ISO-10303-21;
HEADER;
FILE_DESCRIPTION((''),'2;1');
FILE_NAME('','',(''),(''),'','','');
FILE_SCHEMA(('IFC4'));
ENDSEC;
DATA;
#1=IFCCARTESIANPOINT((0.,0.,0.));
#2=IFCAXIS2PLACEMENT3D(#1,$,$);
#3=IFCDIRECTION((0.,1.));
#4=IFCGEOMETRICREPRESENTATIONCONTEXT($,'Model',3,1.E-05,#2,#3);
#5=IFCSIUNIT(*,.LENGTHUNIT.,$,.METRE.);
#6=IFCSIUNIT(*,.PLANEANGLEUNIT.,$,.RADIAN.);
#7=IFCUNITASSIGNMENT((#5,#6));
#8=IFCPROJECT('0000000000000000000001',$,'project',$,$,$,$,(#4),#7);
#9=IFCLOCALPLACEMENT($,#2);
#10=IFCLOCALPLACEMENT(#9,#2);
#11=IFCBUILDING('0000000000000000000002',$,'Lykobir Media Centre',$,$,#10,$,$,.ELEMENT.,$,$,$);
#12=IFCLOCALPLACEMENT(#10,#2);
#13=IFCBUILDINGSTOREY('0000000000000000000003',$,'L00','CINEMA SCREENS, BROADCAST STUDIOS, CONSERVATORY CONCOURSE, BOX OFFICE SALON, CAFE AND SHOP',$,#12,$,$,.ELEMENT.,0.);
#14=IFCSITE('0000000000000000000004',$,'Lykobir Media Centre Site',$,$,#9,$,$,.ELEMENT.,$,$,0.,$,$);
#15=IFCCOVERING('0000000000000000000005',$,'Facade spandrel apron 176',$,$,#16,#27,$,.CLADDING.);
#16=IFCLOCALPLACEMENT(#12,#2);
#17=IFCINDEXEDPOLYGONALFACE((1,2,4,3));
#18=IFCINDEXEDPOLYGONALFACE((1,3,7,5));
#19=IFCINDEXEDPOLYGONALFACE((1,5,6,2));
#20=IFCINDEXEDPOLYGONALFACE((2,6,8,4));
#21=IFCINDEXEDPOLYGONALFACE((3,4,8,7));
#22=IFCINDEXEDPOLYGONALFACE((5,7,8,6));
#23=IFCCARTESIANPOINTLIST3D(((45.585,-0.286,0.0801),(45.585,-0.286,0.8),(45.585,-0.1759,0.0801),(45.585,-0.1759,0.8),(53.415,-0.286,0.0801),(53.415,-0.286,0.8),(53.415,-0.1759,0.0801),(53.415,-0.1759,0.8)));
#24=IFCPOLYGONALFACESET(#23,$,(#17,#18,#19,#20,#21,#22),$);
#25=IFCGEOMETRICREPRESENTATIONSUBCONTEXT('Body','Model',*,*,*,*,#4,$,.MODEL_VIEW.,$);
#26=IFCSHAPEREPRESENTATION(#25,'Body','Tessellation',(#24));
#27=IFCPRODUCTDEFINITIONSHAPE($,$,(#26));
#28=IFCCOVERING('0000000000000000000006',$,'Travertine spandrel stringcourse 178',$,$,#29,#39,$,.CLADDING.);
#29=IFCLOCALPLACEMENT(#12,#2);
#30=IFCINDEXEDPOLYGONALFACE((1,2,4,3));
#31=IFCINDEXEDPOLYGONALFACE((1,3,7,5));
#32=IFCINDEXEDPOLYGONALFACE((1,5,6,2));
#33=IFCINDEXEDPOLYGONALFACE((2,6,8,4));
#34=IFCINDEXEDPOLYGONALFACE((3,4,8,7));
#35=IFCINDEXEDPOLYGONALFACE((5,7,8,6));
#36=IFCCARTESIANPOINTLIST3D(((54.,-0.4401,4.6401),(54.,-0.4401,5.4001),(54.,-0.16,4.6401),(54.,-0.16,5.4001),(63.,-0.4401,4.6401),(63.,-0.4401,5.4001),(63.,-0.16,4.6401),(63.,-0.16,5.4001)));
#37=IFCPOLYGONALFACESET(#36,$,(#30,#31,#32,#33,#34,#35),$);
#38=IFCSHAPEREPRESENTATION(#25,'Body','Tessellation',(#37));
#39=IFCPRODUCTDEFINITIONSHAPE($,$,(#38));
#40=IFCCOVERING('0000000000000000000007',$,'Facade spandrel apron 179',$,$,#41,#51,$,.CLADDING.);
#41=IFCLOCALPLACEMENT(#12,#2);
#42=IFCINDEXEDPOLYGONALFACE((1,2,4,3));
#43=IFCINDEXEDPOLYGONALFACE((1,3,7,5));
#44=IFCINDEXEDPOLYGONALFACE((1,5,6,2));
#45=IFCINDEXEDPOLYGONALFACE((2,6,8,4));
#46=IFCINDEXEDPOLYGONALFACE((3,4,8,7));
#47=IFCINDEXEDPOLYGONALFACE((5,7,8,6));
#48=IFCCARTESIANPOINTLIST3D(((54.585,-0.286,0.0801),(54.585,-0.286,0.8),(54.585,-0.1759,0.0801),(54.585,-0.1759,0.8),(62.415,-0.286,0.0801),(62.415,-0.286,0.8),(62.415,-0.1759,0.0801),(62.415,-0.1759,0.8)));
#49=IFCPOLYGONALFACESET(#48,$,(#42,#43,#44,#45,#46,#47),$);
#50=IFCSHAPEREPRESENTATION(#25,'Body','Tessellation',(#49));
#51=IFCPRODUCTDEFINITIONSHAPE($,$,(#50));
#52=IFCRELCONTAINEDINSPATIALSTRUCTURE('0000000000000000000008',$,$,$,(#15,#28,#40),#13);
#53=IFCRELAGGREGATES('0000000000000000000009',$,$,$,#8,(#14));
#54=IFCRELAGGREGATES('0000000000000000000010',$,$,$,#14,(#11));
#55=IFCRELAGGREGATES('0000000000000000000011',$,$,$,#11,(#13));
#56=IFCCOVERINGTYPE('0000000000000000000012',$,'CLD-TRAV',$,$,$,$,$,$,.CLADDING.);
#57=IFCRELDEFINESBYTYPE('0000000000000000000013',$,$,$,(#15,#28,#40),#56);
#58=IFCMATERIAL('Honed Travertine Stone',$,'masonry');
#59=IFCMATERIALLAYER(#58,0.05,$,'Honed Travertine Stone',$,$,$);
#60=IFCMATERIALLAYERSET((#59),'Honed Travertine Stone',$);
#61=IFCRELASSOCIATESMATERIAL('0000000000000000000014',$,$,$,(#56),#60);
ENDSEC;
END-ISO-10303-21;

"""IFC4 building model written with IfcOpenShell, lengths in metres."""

from ifc_helpers import new_model, si_unit, direction, frame, origin, origin_2d, place, context, subcontext, project, spatial, rectangle, extrude, material, layer, layer_set, type_object, element, save


model = new_model("IFC4")

# Units and contexts
model_context = context("Model", 3, precision=1e-05, world=origin(), true_north=direction((0.0, 1.0)))
body_context = subcontext(model_context, "Body", "Model", "MODEL_VIEW")
ifc_project = project(units=[si_unit("LENGTHUNIT", "METRE"), si_unit("PLANEANGLEUNIT", "RADIAN")], contexts=[model_context])

# Site, building, storey
site_placement = place(None, origin())
site = spatial("IfcSite", under=ifc_project, at=site_placement, Name="Lykobir Media Centre Site", CompositionType="ELEMENT", RefElevation=0.0)
building_placement = place(site_placement, origin())
building = spatial("IfcBuilding", under=site, at=building_placement, Name="Lykobir Media Centre", CompositionType="ELEMENT")
storey_placement = place(building_placement, origin())
storey = spatial("IfcBuildingStorey", under=building, at=storey_placement, Name="L00", Description="CINEMA SCREENS, BROADCAST STUDIOS, CONSERVATORY CONCOURSE, BOX OFFICE SALON, CAFE AND SHOP", CompositionType="ELEMENT", Elevation=0.0)

# Shared definitions
ifc_material_1 = material(Name="Honed Travertine Stone", Category="masonry")

# Coverings
ifc_layer_1 = layer(ifc_material_1, 0.05, Name="Honed Travertine Stone")
ifc_layer_set_1 = layer_set([ifc_layer_1], Name="Honed Travertine Stone")
covering_type = type_object("IfcCoveringType", Name="CLD-TRAV", PredefinedType="CLADDING", material=ifc_layer_set_1)
covering_1_placement = place(storey_placement, frame((49.5, -0.231, 0.0801), z_axis=(0.0, 0.0, 1.0), x_axis=(1.0, 0.0, 0.0)))
element("IfcCovering", 1, at=covering_1_placement, inside=storey, type_object=covering_type, Name="Facade spandrel apron 176", PredefinedType="CLADDING", context=body_context, shape_type="SweptSolid", body=[
    extrude(rectangle(XDim=7.8301, YDim=0.1101, at=origin_2d()), origin(), (0.0, 0.0, 1.0), 0.72),
])
covering_2_placement = place(storey_placement, frame((58.5, -0.3, 4.6401), z_axis=(0.0, 0.0, 1.0), x_axis=(1.0, 0.0, 0.0)))
element("IfcCovering", 2, at=covering_2_placement, inside=storey, type_object=covering_type, Name="Travertine spandrel stringcourse 178", PredefinedType="CLADDING", context=body_context, shape_type="SweptSolid", body=[
    extrude(rectangle(XDim=9.0, YDim=0.28, at=origin_2d()), origin(), (0.0, 0.0, 1.0), 0.76),
])
covering_3_placement = place(storey_placement, frame((58.5, -0.231, 0.0801), z_axis=(0.0, 0.0, 1.0), x_axis=(1.0, 0.0, 0.0)))
element("IfcCovering", 3, at=covering_3_placement, inside=storey, type_object=covering_type, Name="Facade spandrel apron 179", PredefinedType="CLADDING", context=body_context, shape_type="SweptSolid", body=[
    extrude(rectangle(XDim=7.8301, YDim=0.1101, at=origin_2d()), origin(), (0.0, 0.0, 1.0), 0.72),
])

save(model, "model.ifc")
